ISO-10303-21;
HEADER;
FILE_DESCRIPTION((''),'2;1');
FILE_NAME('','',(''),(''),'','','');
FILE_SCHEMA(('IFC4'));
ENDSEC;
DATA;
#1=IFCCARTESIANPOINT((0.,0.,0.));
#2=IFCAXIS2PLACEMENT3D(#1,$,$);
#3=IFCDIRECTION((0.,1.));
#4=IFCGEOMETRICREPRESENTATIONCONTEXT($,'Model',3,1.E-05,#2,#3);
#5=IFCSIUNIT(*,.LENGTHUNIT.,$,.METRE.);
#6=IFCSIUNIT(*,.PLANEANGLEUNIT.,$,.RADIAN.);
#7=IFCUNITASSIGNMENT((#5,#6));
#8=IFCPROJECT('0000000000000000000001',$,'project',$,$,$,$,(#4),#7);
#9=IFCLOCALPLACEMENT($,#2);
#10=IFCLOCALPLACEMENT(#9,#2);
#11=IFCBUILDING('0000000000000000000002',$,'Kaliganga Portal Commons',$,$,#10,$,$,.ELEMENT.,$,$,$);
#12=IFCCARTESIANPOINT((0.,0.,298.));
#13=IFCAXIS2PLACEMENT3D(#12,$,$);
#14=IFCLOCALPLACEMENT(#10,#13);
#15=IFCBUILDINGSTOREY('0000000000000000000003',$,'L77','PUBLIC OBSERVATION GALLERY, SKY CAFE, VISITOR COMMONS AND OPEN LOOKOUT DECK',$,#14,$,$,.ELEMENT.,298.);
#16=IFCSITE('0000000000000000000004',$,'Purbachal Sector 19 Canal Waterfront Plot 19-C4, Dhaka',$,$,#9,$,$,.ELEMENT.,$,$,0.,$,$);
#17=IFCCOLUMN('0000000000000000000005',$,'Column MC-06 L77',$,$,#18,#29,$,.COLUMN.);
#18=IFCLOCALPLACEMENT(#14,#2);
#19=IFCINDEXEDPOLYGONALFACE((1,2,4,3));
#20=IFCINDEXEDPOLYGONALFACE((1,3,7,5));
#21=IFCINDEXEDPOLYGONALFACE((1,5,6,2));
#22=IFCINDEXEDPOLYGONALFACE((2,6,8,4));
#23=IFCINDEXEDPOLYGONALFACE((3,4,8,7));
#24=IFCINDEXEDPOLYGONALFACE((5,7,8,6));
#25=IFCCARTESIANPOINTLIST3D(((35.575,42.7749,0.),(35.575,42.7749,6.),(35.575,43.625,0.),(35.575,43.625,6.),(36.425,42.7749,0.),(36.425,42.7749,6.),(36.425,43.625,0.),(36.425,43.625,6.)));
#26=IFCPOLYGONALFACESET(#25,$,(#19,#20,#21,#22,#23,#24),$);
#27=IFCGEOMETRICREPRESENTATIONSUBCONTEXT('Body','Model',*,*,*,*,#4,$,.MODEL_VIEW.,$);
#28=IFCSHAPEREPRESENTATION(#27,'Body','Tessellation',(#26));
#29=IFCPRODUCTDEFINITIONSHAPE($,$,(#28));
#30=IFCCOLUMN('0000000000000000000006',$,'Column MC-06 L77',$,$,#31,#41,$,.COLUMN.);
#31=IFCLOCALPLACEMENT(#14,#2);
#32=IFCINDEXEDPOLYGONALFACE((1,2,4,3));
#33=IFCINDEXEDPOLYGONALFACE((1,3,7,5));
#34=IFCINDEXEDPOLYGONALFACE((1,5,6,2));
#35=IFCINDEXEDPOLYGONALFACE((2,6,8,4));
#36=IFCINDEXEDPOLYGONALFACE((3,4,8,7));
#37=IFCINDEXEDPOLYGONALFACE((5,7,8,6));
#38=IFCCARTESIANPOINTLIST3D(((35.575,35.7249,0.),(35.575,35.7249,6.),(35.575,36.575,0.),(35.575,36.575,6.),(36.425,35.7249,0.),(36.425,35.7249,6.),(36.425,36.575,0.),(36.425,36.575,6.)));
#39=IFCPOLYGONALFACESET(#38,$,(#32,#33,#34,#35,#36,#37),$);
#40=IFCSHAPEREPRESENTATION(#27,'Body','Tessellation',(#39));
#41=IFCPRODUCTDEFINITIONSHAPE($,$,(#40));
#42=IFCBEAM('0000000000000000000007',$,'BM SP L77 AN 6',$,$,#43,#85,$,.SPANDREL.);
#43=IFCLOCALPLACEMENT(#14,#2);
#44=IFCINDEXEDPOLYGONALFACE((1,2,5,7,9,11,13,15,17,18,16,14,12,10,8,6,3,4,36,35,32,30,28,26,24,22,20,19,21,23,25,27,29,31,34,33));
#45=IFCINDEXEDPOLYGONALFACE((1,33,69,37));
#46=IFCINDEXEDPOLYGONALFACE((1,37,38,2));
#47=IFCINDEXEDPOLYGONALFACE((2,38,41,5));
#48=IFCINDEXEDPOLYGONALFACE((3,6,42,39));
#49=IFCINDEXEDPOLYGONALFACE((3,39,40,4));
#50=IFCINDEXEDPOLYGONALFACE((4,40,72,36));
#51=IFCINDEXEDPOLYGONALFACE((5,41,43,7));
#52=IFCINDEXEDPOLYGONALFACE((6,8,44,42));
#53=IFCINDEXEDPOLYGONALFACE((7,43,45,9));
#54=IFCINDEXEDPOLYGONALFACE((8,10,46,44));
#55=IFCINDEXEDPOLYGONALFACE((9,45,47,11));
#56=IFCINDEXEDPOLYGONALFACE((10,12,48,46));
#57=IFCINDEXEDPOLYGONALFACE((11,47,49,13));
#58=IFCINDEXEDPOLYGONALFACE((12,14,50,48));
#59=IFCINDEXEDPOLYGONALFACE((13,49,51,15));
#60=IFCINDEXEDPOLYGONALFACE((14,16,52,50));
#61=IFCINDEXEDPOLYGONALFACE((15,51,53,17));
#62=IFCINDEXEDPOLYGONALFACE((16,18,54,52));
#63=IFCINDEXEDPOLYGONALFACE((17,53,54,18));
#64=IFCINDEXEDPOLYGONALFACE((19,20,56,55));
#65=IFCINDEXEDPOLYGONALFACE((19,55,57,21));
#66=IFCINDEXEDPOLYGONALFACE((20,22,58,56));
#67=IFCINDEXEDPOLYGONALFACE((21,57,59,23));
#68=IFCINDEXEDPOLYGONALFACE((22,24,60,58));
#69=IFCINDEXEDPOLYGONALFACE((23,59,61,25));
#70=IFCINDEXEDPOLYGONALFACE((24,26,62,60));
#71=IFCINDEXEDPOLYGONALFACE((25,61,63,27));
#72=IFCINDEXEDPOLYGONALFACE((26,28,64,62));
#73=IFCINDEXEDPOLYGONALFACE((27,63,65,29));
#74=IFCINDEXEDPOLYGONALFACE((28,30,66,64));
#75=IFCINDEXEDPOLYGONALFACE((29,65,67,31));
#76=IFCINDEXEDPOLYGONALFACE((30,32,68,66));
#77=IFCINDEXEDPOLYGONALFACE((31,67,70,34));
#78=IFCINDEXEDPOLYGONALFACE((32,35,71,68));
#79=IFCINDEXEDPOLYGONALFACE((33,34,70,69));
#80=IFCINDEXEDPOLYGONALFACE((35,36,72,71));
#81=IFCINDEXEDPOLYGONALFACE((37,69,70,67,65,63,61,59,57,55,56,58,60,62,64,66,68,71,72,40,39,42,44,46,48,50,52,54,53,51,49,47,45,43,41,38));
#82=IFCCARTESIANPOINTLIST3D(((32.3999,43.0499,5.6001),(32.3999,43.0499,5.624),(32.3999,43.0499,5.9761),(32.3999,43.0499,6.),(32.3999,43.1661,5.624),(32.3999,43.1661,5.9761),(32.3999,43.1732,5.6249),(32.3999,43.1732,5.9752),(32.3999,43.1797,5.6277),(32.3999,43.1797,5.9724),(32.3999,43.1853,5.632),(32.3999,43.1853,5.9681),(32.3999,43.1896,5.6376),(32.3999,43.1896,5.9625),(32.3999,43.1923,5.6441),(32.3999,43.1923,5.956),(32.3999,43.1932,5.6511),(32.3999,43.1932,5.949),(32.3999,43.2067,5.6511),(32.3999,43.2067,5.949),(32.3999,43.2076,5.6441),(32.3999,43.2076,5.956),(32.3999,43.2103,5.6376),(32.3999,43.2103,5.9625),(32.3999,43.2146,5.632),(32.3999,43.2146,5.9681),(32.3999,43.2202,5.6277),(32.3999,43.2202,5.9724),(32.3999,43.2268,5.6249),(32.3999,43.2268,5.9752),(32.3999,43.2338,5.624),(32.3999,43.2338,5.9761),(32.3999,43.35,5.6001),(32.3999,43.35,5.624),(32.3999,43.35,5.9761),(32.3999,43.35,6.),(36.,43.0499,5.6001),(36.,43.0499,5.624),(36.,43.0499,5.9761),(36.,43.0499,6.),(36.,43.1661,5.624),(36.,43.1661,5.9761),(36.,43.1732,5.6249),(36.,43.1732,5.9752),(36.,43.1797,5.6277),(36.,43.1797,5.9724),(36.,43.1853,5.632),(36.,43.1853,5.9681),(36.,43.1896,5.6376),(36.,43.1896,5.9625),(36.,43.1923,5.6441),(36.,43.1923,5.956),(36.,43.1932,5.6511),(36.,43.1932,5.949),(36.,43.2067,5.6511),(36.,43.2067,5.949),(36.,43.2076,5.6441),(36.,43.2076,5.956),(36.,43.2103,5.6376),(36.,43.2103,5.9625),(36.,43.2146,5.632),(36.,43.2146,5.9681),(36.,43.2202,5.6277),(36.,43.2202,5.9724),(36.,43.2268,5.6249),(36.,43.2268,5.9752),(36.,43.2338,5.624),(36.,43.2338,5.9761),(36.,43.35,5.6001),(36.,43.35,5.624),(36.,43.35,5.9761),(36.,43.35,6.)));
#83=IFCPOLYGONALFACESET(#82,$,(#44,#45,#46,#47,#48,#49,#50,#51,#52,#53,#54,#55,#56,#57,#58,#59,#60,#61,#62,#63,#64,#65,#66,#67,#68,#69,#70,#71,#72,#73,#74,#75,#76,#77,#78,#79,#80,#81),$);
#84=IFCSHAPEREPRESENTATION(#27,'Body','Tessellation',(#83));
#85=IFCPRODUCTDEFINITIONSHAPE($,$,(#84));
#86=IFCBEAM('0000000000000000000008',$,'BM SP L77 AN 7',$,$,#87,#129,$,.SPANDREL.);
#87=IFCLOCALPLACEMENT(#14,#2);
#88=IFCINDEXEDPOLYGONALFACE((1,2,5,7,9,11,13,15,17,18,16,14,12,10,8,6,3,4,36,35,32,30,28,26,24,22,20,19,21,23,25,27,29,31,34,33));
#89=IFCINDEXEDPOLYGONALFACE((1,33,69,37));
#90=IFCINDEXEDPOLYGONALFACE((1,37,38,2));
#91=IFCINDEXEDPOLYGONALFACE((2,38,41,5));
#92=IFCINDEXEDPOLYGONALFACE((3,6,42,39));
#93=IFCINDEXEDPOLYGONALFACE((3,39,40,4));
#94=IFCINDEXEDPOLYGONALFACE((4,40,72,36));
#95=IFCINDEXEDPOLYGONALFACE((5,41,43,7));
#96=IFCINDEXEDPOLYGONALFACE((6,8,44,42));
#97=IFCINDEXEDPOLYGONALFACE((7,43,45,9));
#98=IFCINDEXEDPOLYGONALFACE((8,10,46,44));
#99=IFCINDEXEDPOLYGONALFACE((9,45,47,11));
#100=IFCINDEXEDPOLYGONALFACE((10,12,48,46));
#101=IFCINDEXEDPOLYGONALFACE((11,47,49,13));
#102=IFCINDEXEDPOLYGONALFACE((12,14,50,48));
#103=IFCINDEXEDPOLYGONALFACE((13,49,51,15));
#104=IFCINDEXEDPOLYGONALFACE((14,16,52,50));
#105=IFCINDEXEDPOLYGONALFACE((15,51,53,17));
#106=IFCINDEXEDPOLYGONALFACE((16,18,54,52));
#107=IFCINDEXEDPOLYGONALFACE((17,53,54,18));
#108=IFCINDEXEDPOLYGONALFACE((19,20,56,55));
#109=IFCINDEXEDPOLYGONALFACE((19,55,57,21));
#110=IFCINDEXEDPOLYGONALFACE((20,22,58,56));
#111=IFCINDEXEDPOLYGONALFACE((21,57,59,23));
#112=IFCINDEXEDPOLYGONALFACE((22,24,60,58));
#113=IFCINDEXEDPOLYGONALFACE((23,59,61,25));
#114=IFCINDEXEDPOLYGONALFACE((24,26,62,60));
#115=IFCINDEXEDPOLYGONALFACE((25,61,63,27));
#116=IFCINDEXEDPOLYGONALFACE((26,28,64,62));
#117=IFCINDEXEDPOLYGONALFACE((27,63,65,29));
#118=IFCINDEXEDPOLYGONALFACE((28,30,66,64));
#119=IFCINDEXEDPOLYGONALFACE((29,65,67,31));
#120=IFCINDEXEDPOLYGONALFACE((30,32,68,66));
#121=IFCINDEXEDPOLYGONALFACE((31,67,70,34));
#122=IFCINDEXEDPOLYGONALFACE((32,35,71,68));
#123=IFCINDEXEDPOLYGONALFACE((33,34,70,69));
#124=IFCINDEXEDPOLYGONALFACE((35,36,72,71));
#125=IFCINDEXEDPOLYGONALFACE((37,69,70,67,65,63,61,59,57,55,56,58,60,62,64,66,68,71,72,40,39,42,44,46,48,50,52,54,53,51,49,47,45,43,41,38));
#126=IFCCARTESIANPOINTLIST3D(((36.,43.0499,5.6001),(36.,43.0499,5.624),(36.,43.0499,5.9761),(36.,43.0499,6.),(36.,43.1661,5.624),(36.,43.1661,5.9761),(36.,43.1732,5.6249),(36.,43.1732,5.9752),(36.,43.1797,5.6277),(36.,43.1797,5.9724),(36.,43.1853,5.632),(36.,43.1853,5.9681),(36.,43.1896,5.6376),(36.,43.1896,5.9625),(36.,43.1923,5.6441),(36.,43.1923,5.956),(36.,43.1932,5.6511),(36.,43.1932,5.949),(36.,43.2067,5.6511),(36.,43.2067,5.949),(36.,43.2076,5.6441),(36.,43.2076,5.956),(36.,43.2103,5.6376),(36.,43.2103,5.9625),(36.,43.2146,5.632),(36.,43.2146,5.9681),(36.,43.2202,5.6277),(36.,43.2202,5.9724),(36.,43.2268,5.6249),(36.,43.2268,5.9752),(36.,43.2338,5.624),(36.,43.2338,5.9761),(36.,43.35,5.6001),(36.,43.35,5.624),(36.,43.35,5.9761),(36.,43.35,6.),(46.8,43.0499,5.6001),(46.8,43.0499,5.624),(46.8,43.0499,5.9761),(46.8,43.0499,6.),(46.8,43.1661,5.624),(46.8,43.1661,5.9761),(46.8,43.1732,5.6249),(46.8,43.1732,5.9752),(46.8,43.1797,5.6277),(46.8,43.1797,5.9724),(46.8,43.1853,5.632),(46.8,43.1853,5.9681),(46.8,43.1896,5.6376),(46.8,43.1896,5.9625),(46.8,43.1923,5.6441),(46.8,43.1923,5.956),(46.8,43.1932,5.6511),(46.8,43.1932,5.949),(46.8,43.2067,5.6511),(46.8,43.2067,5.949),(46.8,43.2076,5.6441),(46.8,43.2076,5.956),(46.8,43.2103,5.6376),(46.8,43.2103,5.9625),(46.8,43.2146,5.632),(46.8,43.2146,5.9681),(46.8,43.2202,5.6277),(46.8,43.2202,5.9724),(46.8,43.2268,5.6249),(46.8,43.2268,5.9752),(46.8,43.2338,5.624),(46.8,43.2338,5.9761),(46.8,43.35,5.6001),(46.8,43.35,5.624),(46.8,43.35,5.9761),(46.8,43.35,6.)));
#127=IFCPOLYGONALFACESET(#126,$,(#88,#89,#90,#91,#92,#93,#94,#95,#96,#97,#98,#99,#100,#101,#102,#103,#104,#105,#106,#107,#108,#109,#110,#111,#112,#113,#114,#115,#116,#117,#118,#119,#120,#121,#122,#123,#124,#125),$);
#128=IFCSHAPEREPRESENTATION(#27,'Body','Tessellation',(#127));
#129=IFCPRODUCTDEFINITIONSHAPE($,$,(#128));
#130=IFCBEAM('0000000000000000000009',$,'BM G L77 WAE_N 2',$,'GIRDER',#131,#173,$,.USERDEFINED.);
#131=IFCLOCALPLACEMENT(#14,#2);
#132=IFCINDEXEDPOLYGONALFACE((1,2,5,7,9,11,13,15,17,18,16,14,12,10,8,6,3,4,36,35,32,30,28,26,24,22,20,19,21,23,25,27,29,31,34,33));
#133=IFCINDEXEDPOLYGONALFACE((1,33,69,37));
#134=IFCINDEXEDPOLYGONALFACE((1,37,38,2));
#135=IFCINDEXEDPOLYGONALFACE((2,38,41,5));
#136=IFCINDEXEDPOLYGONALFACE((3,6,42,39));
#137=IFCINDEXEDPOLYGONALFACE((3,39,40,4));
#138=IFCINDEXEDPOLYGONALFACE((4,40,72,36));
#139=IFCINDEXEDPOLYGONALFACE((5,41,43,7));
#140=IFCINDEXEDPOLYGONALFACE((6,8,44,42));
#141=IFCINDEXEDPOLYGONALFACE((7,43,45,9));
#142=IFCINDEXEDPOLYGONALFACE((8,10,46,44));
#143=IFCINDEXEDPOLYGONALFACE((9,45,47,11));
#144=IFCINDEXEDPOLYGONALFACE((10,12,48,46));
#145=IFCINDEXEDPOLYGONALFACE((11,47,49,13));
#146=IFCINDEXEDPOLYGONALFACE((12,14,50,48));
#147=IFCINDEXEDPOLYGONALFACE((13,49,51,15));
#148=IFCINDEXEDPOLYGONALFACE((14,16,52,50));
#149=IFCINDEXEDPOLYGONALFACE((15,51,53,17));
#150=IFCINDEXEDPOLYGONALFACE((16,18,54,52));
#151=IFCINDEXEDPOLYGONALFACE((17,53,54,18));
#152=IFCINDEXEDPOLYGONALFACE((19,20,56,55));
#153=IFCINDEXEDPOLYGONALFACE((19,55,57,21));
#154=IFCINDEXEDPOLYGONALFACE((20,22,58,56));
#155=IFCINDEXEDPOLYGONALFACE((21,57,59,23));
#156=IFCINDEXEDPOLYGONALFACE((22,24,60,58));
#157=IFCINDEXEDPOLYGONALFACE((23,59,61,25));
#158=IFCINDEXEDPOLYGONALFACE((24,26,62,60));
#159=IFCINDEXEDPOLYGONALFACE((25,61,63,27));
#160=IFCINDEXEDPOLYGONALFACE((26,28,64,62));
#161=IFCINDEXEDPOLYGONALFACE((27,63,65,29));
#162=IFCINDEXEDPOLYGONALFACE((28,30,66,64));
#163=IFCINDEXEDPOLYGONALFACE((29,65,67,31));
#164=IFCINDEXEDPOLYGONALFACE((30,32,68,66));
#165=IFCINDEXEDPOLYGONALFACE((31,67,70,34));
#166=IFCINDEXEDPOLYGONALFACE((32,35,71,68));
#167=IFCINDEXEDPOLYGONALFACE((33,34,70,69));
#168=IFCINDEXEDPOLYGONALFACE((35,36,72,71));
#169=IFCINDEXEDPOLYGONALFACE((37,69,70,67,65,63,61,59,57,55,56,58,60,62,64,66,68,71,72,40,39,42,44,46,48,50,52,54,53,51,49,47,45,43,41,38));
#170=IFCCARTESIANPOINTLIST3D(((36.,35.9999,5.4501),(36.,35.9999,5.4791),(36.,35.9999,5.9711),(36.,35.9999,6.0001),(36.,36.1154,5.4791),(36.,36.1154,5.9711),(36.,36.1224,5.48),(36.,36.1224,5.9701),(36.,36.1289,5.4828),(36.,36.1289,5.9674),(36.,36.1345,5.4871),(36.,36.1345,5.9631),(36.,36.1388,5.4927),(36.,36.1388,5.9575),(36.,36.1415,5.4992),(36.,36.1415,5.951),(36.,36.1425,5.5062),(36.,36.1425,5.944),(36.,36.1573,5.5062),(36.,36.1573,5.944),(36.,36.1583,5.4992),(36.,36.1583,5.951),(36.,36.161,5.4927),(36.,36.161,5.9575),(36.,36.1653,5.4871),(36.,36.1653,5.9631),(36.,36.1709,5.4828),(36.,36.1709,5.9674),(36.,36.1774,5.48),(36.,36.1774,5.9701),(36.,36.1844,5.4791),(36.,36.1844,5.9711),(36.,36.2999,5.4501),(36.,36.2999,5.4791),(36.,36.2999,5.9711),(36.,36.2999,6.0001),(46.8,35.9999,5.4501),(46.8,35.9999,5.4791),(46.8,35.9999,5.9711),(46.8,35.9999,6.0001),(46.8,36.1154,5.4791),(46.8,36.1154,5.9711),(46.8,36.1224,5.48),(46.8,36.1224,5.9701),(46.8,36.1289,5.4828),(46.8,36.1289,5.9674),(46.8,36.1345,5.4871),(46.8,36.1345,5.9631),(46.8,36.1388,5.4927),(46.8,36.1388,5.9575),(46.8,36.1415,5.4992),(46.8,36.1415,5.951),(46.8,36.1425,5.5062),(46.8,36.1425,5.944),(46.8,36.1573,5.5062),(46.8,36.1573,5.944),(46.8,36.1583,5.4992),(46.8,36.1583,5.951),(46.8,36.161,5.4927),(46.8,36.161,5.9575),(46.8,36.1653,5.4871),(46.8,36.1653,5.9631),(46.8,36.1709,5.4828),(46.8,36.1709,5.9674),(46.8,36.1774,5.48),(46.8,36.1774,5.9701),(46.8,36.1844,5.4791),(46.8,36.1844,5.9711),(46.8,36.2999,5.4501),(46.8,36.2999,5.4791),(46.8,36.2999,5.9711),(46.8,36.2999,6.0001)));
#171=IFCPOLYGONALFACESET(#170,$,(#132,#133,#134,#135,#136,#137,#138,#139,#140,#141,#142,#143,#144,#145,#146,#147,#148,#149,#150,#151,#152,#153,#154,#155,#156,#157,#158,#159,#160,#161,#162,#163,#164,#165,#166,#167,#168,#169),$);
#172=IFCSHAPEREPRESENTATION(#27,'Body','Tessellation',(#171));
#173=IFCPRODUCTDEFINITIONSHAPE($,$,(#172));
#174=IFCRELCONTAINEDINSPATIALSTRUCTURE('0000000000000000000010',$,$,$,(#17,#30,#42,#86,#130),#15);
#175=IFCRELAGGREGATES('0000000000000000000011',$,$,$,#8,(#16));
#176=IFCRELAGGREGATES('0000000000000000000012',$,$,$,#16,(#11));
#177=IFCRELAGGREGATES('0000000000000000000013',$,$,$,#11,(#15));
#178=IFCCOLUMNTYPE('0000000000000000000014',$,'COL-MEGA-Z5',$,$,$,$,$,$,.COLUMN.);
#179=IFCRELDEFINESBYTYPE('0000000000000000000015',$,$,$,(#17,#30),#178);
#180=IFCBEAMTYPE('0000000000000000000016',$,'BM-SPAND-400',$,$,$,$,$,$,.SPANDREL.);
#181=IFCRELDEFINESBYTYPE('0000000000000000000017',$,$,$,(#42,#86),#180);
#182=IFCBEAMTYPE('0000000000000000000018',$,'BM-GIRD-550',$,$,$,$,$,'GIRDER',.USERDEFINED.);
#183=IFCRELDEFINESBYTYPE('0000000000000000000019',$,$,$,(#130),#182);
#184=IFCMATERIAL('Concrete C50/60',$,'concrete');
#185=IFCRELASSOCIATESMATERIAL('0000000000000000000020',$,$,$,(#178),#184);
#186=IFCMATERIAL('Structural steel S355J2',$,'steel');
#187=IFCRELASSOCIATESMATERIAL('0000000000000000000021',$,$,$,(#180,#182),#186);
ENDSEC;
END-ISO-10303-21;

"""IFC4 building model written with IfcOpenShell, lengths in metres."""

from ifc_helpers import new_model, si_unit, direction, frame, origin, origin_2d, place, context, subcontext, project, spatial, rectangle, i_section, extrude, source, transform, mapped, material, material_profile, profile_set, type_object, element, save


model = new_model("IFC4")

# Units and contexts
model_context = context("Model", 3, precision=1e-05, world=origin(), true_north=direction((0.0, 1.0)))
body_context = subcontext(model_context, "Body", "Model", "MODEL_VIEW")
ifc_project = project(units=[si_unit("LENGTHUNIT", "METRE"), si_unit("PLANEANGLEUNIT", "RADIAN")], contexts=[model_context])

# Site, building, storey
site_placement = place(None, origin())
site = spatial("IfcSite", under=ifc_project, at=site_placement, Name="Purbachal Sector 19 Canal Waterfront Plot 19-C4, Dhaka", CompositionType="ELEMENT", RefElevation=0.0)
building_placement = place(site_placement, origin())
building = spatial("IfcBuilding", under=site, at=building_placement, Name="Kaliganga Portal Commons", CompositionType="ELEMENT")
storey_placement = place(building_placement, frame((0.0, 0.0, 298.0)))
storey = spatial("IfcBuildingStorey", under=building, at=storey_placement, Name="L77", Description="PUBLIC OBSERVATION GALLERY, SKY CAFE, VISITOR COMMONS AND OPEN LOOKOUT DECK", CompositionType="ELEMENT", Elevation=298.0)

# Columns
ifc_material_1 = material(Name="Concrete C50/60", Category="concrete")
ifc_material_profile_1 = material_profile(ifc_material_1, rectangle(XDim=0.8501, YDim=0.8501, at=origin_2d()), Name="RC 850x850")
ifc_profile_set_1 = profile_set([ifc_material_profile_1], Name="Concrete C50/60")
column_type = type_object("IfcColumnType", Name="COL-MEGA-Z5", PredefinedType="COLUMN", material=ifc_profile_set_1)
shared_shape_1 = source(origin(), body_context, "Body", "SweptSolid", [
    extrude(rectangle(XDim=0.8501, YDim=0.8501, at=origin_2d()), origin(), (0.0, 0.0, 1.0), 6.0),
])
for number, where, z_axis, x_axis, name in (
    (1, (36.0, 43.2, 0.0), (0.0, 0.0, 1.0), (1.0, 0.0, 0.0), "Column MC-06 L77"),
    (2, (36.0, 36.1499, 0.0), (0.0, 0.0, 1.0), (1.0, 0.0, 0.0), "Column MC-06 L77"),
):
    element("IfcColumn", number, at=place(storey_placement, frame(where, z_axis=z_axis, x_axis=x_axis)), inside=storey, type_object=column_type, Name=name, PredefinedType="COLUMN", context=body_context, shape_type="MappedRepresentation", body=[
        mapped(shared_shape_1, transform((0.0, 0.0, 0.0), x_axis=(1.0, 0.0, 0.0), y_axis=(0.0, 1.0, 0.0), z_axis=(0.0, 0.0, 1.0), scale=1.0)),
    ])

# Beams
ifc_material_2 = material(Name="Structural steel S355J2", Category="steel")
ifc_material_profile_2 = material_profile(ifc_material_2, i_section(OverallWidth=0.3, OverallDepth=0.3999, WebThickness=0.0134, FlangeThickness=0.0239, FilletRadius=0.0271, at=origin_2d()), Name="HE 400 B")
ifc_profile_set_2 = profile_set([ifc_material_profile_2], Name="Structural steel S355J2 wide-flange")
beam_type_1 = type_object("IfcBeamType", Name="BM-SPAND-400", PredefinedType="SPANDREL", material=ifc_profile_set_2)
shared_shape_2 = source(origin(), body_context, "Body", "SweptSolid", [
    extrude(i_section(OverallWidth=0.3, OverallDepth=0.3999, WebThickness=0.0134, FlangeThickness=0.0239, FilletRadius=0.0271, at=origin_2d()), origin(), (0.0, 0.0, 1.0), 3.6001),
])
beam_1_placement = place(storey_placement, frame((32.3999, 43.2, 5.8), z_axis=(1.0, 0.0, 0.0), x_axis=(0.0, 1.0, 0.0)))
element("IfcBeam", 3, at=beam_1_placement, inside=storey, type_object=beam_type_1, Name="BM SP L77 AN 6", PredefinedType="SPANDREL", context=body_context, shape_type="MappedRepresentation", body=[
    mapped(shared_shape_2, transform((0.0, 0.0, 0.0), x_axis=(1.0, 0.0, 0.0), y_axis=(0.0, 1.0, 0.0), z_axis=(0.0, 0.0, 1.0), scale=1.0)),
])
shared_shape_3 = source(origin(), body_context, "Body", "SweptSolid", [
    extrude(i_section(OverallWidth=0.3, OverallDepth=0.3999, WebThickness=0.0134, FlangeThickness=0.0239, FilletRadius=0.0271, at=origin_2d()), origin(), (0.0, 0.0, 1.0), 10.8),
])
beam_2_placement = place(storey_placement, frame((36.0, 43.2, 5.8), z_axis=(1.0, 0.0, 0.0), x_axis=(0.0, 1.0, 0.0)))
element("IfcBeam", 4, at=beam_2_placement, inside=storey, type_object=beam_type_1, Name="BM SP L77 AN 7", PredefinedType="SPANDREL", context=body_context, shape_type="MappedRepresentation", body=[
    mapped(shared_shape_3, transform((0.0, 0.0, 0.0), x_axis=(1.0, 0.0, 0.0), y_axis=(0.0, 1.0, 0.0), z_axis=(0.0, 0.0, 1.0), scale=1.0)),
])
ifc_material_profile_3 = material_profile(ifc_material_2, i_section(OverallWidth=0.3, OverallDepth=0.55, WebThickness=0.0149, FlangeThickness=0.0291, FilletRadius=0.0271, at=origin_2d()), Name="HE 550 B")
ifc_profile_set_3 = profile_set([ifc_material_profile_3], Name="Structural steel S355J2 wide-flange")
beam_type_2 = type_object("IfcBeamType", Name="BM-GIRD-550", ElementType="GIRDER", PredefinedType="USERDEFINED", material=ifc_profile_set_3)
shared_shape_4 = source(origin(), body_context, "Body", "SweptSolid", [
    extrude(i_section(OverallWidth=0.3, OverallDepth=0.55, WebThickness=0.0149, FlangeThickness=0.0291, FilletRadius=0.0271, at=origin_2d()), origin(), (0.0, 0.0, 1.0), 10.8),
])
beam_3_placement = place(storey_placement, frame((36.0, 36.1499, 5.7251), z_axis=(1.0, 0.0, 0.0), x_axis=(0.0, 1.0, 0.0)))
element("IfcBeam", 5, at=beam_3_placement, inside=storey, type_object=beam_type_2, Name="BM G L77 WAE_N 2", ObjectType="GIRDER", PredefinedType="USERDEFINED", context=body_context, shape_type="MappedRepresentation", body=[
    mapped(shared_shape_4, transform((0.0, 0.0, 0.0), x_axis=(1.0, 0.0, 0.0), y_axis=(0.0, 1.0, 0.0), z_axis=(0.0, 0.0, 1.0), scale=1.0)),
])

save(model, "model.ifc")
